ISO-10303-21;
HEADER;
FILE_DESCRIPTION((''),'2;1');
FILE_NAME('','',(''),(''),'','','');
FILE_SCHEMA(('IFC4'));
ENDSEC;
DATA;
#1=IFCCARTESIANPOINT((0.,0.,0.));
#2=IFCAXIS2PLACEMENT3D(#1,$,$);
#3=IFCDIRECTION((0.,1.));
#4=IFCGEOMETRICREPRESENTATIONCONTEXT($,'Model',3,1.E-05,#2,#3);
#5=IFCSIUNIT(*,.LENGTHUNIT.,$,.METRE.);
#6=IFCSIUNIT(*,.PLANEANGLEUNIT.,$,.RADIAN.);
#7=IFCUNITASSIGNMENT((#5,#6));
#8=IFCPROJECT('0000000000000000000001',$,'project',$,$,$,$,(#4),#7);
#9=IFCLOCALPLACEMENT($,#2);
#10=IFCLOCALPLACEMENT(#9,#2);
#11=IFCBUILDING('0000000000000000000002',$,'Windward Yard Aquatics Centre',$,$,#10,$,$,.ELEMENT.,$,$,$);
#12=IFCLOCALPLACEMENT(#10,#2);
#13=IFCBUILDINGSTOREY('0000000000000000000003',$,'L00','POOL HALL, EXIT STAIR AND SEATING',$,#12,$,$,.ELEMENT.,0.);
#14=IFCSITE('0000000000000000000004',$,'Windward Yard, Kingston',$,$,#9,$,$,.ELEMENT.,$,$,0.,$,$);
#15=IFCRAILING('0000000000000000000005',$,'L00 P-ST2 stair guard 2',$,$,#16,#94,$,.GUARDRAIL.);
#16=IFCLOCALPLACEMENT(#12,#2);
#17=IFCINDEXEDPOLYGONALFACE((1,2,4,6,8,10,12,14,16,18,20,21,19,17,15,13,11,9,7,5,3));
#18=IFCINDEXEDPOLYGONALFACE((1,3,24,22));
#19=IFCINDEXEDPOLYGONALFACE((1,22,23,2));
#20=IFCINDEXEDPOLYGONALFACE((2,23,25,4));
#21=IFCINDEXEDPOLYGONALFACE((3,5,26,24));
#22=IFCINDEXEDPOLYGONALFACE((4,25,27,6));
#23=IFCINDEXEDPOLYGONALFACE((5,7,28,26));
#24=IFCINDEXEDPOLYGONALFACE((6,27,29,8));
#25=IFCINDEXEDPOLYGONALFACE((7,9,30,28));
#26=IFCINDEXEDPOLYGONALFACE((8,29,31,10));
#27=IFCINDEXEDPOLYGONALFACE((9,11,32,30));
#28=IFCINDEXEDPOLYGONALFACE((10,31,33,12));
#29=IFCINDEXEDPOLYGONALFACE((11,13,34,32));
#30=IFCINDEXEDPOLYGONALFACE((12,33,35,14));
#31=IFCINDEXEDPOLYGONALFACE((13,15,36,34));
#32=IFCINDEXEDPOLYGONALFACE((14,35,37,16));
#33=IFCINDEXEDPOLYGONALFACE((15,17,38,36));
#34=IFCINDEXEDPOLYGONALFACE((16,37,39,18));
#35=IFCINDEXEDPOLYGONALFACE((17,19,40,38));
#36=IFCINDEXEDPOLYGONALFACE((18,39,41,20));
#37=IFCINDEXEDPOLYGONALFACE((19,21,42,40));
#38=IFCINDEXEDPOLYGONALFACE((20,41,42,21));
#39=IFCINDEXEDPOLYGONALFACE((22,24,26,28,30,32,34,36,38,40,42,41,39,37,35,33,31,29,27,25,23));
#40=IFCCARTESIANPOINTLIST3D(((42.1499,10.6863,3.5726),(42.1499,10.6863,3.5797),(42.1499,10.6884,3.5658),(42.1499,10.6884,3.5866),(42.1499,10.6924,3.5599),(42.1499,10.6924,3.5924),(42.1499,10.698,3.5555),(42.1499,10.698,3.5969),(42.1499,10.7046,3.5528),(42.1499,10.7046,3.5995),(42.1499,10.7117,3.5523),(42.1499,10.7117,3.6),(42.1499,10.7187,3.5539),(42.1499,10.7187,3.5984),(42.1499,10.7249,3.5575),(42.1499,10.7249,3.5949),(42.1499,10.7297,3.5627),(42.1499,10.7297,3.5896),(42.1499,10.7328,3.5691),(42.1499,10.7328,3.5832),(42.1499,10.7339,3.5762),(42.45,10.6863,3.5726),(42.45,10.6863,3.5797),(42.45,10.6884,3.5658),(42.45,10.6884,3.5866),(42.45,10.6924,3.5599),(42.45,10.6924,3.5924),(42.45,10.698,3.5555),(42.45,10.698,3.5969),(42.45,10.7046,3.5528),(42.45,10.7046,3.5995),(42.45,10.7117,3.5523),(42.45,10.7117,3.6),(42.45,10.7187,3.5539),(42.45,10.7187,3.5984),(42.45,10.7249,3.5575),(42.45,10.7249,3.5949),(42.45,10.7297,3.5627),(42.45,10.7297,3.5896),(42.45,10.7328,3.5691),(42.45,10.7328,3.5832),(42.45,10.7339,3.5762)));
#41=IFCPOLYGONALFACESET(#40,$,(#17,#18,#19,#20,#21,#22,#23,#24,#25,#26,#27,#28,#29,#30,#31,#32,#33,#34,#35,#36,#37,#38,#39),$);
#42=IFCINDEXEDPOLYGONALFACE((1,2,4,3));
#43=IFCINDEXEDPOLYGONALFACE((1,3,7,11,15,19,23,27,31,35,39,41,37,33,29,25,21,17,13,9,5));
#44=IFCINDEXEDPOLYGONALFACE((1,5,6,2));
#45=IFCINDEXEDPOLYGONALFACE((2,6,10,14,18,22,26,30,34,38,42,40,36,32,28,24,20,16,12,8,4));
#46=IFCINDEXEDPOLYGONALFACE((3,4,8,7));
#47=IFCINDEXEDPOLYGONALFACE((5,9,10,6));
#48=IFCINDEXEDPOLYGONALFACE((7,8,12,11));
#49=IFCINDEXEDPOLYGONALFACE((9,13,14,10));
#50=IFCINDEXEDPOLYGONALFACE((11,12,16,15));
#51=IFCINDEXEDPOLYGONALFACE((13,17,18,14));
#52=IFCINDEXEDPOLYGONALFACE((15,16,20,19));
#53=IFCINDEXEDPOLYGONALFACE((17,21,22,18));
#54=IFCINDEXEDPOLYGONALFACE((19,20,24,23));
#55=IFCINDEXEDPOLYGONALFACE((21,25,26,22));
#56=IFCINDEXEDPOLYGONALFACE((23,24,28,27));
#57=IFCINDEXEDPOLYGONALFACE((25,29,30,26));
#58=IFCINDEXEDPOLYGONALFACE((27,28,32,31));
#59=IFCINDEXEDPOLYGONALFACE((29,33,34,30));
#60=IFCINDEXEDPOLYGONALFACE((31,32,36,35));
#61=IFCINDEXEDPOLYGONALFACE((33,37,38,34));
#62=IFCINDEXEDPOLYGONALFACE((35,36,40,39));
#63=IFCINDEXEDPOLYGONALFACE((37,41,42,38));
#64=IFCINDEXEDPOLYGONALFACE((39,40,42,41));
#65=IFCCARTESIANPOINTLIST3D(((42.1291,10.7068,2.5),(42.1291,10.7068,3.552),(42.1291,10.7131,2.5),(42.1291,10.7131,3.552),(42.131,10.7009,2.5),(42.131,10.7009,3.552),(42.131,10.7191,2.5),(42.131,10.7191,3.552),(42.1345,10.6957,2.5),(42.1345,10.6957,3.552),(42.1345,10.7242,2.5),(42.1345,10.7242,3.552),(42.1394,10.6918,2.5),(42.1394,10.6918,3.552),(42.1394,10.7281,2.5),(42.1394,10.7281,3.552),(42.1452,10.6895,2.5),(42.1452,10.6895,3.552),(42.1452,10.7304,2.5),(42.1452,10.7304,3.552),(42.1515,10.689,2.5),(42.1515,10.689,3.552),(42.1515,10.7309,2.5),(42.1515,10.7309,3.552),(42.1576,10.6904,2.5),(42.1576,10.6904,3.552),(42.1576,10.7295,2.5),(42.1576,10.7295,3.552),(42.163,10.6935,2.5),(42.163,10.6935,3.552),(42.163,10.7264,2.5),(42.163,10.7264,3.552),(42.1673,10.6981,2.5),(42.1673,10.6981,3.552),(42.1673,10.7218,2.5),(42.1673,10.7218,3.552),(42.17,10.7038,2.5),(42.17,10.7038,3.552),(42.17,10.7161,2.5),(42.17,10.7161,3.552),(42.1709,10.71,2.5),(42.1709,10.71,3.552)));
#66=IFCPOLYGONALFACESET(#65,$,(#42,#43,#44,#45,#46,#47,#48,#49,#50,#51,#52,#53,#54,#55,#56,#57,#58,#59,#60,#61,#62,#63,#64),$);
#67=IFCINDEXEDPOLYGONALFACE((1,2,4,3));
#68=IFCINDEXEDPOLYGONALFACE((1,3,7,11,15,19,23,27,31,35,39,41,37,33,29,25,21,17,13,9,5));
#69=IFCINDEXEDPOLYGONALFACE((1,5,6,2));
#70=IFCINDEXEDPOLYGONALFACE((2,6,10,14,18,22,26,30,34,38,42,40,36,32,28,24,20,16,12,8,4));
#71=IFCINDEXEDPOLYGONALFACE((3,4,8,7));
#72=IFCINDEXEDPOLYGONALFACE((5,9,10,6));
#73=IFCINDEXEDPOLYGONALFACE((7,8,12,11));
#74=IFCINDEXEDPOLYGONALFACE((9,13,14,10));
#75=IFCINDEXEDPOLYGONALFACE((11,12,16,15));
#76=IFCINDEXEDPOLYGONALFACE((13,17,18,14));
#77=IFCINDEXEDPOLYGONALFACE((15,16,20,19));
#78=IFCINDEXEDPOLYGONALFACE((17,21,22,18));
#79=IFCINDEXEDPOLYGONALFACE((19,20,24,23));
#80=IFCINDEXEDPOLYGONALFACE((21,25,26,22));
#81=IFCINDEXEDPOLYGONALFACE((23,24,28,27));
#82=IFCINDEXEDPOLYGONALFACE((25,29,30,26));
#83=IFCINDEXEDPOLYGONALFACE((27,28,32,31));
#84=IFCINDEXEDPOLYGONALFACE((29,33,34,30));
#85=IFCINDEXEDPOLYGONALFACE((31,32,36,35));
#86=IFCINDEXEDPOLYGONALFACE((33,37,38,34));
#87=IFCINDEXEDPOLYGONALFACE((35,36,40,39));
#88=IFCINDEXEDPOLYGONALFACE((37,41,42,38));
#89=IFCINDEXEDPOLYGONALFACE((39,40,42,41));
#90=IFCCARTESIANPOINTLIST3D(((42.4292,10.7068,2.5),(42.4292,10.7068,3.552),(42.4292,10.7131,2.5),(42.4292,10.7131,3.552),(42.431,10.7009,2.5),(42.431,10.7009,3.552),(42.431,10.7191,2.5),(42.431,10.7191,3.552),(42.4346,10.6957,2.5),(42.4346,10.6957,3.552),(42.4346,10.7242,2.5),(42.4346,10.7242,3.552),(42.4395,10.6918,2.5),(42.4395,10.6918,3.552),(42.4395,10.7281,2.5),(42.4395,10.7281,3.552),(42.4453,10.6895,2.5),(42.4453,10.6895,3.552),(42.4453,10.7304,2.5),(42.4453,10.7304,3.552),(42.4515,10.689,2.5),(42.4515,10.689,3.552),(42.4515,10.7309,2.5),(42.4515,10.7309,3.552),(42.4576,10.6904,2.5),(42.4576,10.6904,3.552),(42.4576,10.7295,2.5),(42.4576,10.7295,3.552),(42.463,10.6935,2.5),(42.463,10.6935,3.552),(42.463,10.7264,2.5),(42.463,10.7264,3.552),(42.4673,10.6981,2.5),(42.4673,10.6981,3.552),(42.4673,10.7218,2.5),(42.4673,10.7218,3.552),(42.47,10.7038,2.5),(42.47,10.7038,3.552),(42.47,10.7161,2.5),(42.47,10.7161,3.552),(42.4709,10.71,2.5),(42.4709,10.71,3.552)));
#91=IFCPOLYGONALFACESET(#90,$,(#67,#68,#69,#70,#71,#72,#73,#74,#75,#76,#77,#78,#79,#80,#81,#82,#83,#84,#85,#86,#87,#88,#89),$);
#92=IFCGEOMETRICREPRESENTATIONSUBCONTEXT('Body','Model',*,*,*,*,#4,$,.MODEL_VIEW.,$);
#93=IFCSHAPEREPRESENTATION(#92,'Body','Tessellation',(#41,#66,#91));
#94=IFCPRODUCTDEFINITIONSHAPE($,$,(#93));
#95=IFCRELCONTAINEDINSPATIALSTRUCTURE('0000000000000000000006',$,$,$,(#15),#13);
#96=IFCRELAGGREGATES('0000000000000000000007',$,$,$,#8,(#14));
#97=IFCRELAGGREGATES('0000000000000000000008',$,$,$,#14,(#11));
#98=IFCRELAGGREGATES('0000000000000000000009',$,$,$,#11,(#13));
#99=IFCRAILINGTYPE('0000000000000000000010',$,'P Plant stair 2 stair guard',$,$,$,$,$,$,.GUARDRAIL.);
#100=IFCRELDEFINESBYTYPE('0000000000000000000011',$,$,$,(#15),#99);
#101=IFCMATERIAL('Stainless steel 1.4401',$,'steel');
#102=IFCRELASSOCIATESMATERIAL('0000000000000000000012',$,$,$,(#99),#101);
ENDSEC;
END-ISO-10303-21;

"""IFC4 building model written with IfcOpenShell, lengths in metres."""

from ifc_helpers import new_model, si_unit, direction, frame, origin, origin_2d, place, context, subcontext, project, spatial, circle, extrude, material, type_object, element, save


model = new_model("IFC4")

# Units and contexts
model_context = context("Model", 3, precision=1e-05, world=origin(), true_north=direction((0.0, 1.0)))
body_context = subcontext(model_context, "Body", "Model", "MODEL_VIEW")
ifc_project = project(units=[si_unit("LENGTHUNIT", "METRE"), si_unit("PLANEANGLEUNIT", "RADIAN")], contexts=[model_context])

# Site, building, storey
site_placement = place(None, origin())
site = spatial("IfcSite", under=ifc_project, at=site_placement, Name="Windward Yard, Kingston", CompositionType="ELEMENT", RefElevation=0.0)
building_placement = place(site_placement, origin())
building = spatial("IfcBuilding", under=site, at=building_placement, Name="Windward Yard Aquatics Centre", CompositionType="ELEMENT")
storey_placement = place(building_placement, origin())
storey = spatial("IfcBuildingStorey", under=building, at=storey_placement, Name="L00", Description="POOL HALL, EXIT STAIR AND SEATING", CompositionType="ELEMENT", Elevation=0.0)

# Railing
ifc_material_1 = material(Name="Stainless steel 1.4401", Category="steel")
railing_type_1 = type_object("IfcRailingType", Name="P Plant stair 2 stair guard", PredefinedType="GUARDRAIL", material=ifc_material_1)
railing_1_placement = place(storey_placement, frame((42.1499, 10.71, 2.5)))
element("IfcRailing", 1, at=railing_1_placement, inside=storey, type_object=railing_type_1, Name="L00 P-ST2 stair guard 2", PredefinedType="GUARDRAIL", context=body_context, shape_type="SweptSolid", body=[
    extrude(circle(Radius=0.0239, at=origin_2d()), frame((0.0, 0.0, 1.0762), z_axis=(1.0, 0.0, 0.0), x_axis=(0.0, 1.0, 0.0)), (0.0, 0.0, 1.0), 0.3),
    extrude(circle(Radius=0.021, at=origin_2d()), origin(), (0.0, 0.0, 1.0), 1.052),
    extrude(circle(Radius=0.021, at=origin_2d()), frame((0.3, 0.0, 0.0)), (0.0, 0.0, 1.0), 1.052),
])

save(model, "model.ifc")
